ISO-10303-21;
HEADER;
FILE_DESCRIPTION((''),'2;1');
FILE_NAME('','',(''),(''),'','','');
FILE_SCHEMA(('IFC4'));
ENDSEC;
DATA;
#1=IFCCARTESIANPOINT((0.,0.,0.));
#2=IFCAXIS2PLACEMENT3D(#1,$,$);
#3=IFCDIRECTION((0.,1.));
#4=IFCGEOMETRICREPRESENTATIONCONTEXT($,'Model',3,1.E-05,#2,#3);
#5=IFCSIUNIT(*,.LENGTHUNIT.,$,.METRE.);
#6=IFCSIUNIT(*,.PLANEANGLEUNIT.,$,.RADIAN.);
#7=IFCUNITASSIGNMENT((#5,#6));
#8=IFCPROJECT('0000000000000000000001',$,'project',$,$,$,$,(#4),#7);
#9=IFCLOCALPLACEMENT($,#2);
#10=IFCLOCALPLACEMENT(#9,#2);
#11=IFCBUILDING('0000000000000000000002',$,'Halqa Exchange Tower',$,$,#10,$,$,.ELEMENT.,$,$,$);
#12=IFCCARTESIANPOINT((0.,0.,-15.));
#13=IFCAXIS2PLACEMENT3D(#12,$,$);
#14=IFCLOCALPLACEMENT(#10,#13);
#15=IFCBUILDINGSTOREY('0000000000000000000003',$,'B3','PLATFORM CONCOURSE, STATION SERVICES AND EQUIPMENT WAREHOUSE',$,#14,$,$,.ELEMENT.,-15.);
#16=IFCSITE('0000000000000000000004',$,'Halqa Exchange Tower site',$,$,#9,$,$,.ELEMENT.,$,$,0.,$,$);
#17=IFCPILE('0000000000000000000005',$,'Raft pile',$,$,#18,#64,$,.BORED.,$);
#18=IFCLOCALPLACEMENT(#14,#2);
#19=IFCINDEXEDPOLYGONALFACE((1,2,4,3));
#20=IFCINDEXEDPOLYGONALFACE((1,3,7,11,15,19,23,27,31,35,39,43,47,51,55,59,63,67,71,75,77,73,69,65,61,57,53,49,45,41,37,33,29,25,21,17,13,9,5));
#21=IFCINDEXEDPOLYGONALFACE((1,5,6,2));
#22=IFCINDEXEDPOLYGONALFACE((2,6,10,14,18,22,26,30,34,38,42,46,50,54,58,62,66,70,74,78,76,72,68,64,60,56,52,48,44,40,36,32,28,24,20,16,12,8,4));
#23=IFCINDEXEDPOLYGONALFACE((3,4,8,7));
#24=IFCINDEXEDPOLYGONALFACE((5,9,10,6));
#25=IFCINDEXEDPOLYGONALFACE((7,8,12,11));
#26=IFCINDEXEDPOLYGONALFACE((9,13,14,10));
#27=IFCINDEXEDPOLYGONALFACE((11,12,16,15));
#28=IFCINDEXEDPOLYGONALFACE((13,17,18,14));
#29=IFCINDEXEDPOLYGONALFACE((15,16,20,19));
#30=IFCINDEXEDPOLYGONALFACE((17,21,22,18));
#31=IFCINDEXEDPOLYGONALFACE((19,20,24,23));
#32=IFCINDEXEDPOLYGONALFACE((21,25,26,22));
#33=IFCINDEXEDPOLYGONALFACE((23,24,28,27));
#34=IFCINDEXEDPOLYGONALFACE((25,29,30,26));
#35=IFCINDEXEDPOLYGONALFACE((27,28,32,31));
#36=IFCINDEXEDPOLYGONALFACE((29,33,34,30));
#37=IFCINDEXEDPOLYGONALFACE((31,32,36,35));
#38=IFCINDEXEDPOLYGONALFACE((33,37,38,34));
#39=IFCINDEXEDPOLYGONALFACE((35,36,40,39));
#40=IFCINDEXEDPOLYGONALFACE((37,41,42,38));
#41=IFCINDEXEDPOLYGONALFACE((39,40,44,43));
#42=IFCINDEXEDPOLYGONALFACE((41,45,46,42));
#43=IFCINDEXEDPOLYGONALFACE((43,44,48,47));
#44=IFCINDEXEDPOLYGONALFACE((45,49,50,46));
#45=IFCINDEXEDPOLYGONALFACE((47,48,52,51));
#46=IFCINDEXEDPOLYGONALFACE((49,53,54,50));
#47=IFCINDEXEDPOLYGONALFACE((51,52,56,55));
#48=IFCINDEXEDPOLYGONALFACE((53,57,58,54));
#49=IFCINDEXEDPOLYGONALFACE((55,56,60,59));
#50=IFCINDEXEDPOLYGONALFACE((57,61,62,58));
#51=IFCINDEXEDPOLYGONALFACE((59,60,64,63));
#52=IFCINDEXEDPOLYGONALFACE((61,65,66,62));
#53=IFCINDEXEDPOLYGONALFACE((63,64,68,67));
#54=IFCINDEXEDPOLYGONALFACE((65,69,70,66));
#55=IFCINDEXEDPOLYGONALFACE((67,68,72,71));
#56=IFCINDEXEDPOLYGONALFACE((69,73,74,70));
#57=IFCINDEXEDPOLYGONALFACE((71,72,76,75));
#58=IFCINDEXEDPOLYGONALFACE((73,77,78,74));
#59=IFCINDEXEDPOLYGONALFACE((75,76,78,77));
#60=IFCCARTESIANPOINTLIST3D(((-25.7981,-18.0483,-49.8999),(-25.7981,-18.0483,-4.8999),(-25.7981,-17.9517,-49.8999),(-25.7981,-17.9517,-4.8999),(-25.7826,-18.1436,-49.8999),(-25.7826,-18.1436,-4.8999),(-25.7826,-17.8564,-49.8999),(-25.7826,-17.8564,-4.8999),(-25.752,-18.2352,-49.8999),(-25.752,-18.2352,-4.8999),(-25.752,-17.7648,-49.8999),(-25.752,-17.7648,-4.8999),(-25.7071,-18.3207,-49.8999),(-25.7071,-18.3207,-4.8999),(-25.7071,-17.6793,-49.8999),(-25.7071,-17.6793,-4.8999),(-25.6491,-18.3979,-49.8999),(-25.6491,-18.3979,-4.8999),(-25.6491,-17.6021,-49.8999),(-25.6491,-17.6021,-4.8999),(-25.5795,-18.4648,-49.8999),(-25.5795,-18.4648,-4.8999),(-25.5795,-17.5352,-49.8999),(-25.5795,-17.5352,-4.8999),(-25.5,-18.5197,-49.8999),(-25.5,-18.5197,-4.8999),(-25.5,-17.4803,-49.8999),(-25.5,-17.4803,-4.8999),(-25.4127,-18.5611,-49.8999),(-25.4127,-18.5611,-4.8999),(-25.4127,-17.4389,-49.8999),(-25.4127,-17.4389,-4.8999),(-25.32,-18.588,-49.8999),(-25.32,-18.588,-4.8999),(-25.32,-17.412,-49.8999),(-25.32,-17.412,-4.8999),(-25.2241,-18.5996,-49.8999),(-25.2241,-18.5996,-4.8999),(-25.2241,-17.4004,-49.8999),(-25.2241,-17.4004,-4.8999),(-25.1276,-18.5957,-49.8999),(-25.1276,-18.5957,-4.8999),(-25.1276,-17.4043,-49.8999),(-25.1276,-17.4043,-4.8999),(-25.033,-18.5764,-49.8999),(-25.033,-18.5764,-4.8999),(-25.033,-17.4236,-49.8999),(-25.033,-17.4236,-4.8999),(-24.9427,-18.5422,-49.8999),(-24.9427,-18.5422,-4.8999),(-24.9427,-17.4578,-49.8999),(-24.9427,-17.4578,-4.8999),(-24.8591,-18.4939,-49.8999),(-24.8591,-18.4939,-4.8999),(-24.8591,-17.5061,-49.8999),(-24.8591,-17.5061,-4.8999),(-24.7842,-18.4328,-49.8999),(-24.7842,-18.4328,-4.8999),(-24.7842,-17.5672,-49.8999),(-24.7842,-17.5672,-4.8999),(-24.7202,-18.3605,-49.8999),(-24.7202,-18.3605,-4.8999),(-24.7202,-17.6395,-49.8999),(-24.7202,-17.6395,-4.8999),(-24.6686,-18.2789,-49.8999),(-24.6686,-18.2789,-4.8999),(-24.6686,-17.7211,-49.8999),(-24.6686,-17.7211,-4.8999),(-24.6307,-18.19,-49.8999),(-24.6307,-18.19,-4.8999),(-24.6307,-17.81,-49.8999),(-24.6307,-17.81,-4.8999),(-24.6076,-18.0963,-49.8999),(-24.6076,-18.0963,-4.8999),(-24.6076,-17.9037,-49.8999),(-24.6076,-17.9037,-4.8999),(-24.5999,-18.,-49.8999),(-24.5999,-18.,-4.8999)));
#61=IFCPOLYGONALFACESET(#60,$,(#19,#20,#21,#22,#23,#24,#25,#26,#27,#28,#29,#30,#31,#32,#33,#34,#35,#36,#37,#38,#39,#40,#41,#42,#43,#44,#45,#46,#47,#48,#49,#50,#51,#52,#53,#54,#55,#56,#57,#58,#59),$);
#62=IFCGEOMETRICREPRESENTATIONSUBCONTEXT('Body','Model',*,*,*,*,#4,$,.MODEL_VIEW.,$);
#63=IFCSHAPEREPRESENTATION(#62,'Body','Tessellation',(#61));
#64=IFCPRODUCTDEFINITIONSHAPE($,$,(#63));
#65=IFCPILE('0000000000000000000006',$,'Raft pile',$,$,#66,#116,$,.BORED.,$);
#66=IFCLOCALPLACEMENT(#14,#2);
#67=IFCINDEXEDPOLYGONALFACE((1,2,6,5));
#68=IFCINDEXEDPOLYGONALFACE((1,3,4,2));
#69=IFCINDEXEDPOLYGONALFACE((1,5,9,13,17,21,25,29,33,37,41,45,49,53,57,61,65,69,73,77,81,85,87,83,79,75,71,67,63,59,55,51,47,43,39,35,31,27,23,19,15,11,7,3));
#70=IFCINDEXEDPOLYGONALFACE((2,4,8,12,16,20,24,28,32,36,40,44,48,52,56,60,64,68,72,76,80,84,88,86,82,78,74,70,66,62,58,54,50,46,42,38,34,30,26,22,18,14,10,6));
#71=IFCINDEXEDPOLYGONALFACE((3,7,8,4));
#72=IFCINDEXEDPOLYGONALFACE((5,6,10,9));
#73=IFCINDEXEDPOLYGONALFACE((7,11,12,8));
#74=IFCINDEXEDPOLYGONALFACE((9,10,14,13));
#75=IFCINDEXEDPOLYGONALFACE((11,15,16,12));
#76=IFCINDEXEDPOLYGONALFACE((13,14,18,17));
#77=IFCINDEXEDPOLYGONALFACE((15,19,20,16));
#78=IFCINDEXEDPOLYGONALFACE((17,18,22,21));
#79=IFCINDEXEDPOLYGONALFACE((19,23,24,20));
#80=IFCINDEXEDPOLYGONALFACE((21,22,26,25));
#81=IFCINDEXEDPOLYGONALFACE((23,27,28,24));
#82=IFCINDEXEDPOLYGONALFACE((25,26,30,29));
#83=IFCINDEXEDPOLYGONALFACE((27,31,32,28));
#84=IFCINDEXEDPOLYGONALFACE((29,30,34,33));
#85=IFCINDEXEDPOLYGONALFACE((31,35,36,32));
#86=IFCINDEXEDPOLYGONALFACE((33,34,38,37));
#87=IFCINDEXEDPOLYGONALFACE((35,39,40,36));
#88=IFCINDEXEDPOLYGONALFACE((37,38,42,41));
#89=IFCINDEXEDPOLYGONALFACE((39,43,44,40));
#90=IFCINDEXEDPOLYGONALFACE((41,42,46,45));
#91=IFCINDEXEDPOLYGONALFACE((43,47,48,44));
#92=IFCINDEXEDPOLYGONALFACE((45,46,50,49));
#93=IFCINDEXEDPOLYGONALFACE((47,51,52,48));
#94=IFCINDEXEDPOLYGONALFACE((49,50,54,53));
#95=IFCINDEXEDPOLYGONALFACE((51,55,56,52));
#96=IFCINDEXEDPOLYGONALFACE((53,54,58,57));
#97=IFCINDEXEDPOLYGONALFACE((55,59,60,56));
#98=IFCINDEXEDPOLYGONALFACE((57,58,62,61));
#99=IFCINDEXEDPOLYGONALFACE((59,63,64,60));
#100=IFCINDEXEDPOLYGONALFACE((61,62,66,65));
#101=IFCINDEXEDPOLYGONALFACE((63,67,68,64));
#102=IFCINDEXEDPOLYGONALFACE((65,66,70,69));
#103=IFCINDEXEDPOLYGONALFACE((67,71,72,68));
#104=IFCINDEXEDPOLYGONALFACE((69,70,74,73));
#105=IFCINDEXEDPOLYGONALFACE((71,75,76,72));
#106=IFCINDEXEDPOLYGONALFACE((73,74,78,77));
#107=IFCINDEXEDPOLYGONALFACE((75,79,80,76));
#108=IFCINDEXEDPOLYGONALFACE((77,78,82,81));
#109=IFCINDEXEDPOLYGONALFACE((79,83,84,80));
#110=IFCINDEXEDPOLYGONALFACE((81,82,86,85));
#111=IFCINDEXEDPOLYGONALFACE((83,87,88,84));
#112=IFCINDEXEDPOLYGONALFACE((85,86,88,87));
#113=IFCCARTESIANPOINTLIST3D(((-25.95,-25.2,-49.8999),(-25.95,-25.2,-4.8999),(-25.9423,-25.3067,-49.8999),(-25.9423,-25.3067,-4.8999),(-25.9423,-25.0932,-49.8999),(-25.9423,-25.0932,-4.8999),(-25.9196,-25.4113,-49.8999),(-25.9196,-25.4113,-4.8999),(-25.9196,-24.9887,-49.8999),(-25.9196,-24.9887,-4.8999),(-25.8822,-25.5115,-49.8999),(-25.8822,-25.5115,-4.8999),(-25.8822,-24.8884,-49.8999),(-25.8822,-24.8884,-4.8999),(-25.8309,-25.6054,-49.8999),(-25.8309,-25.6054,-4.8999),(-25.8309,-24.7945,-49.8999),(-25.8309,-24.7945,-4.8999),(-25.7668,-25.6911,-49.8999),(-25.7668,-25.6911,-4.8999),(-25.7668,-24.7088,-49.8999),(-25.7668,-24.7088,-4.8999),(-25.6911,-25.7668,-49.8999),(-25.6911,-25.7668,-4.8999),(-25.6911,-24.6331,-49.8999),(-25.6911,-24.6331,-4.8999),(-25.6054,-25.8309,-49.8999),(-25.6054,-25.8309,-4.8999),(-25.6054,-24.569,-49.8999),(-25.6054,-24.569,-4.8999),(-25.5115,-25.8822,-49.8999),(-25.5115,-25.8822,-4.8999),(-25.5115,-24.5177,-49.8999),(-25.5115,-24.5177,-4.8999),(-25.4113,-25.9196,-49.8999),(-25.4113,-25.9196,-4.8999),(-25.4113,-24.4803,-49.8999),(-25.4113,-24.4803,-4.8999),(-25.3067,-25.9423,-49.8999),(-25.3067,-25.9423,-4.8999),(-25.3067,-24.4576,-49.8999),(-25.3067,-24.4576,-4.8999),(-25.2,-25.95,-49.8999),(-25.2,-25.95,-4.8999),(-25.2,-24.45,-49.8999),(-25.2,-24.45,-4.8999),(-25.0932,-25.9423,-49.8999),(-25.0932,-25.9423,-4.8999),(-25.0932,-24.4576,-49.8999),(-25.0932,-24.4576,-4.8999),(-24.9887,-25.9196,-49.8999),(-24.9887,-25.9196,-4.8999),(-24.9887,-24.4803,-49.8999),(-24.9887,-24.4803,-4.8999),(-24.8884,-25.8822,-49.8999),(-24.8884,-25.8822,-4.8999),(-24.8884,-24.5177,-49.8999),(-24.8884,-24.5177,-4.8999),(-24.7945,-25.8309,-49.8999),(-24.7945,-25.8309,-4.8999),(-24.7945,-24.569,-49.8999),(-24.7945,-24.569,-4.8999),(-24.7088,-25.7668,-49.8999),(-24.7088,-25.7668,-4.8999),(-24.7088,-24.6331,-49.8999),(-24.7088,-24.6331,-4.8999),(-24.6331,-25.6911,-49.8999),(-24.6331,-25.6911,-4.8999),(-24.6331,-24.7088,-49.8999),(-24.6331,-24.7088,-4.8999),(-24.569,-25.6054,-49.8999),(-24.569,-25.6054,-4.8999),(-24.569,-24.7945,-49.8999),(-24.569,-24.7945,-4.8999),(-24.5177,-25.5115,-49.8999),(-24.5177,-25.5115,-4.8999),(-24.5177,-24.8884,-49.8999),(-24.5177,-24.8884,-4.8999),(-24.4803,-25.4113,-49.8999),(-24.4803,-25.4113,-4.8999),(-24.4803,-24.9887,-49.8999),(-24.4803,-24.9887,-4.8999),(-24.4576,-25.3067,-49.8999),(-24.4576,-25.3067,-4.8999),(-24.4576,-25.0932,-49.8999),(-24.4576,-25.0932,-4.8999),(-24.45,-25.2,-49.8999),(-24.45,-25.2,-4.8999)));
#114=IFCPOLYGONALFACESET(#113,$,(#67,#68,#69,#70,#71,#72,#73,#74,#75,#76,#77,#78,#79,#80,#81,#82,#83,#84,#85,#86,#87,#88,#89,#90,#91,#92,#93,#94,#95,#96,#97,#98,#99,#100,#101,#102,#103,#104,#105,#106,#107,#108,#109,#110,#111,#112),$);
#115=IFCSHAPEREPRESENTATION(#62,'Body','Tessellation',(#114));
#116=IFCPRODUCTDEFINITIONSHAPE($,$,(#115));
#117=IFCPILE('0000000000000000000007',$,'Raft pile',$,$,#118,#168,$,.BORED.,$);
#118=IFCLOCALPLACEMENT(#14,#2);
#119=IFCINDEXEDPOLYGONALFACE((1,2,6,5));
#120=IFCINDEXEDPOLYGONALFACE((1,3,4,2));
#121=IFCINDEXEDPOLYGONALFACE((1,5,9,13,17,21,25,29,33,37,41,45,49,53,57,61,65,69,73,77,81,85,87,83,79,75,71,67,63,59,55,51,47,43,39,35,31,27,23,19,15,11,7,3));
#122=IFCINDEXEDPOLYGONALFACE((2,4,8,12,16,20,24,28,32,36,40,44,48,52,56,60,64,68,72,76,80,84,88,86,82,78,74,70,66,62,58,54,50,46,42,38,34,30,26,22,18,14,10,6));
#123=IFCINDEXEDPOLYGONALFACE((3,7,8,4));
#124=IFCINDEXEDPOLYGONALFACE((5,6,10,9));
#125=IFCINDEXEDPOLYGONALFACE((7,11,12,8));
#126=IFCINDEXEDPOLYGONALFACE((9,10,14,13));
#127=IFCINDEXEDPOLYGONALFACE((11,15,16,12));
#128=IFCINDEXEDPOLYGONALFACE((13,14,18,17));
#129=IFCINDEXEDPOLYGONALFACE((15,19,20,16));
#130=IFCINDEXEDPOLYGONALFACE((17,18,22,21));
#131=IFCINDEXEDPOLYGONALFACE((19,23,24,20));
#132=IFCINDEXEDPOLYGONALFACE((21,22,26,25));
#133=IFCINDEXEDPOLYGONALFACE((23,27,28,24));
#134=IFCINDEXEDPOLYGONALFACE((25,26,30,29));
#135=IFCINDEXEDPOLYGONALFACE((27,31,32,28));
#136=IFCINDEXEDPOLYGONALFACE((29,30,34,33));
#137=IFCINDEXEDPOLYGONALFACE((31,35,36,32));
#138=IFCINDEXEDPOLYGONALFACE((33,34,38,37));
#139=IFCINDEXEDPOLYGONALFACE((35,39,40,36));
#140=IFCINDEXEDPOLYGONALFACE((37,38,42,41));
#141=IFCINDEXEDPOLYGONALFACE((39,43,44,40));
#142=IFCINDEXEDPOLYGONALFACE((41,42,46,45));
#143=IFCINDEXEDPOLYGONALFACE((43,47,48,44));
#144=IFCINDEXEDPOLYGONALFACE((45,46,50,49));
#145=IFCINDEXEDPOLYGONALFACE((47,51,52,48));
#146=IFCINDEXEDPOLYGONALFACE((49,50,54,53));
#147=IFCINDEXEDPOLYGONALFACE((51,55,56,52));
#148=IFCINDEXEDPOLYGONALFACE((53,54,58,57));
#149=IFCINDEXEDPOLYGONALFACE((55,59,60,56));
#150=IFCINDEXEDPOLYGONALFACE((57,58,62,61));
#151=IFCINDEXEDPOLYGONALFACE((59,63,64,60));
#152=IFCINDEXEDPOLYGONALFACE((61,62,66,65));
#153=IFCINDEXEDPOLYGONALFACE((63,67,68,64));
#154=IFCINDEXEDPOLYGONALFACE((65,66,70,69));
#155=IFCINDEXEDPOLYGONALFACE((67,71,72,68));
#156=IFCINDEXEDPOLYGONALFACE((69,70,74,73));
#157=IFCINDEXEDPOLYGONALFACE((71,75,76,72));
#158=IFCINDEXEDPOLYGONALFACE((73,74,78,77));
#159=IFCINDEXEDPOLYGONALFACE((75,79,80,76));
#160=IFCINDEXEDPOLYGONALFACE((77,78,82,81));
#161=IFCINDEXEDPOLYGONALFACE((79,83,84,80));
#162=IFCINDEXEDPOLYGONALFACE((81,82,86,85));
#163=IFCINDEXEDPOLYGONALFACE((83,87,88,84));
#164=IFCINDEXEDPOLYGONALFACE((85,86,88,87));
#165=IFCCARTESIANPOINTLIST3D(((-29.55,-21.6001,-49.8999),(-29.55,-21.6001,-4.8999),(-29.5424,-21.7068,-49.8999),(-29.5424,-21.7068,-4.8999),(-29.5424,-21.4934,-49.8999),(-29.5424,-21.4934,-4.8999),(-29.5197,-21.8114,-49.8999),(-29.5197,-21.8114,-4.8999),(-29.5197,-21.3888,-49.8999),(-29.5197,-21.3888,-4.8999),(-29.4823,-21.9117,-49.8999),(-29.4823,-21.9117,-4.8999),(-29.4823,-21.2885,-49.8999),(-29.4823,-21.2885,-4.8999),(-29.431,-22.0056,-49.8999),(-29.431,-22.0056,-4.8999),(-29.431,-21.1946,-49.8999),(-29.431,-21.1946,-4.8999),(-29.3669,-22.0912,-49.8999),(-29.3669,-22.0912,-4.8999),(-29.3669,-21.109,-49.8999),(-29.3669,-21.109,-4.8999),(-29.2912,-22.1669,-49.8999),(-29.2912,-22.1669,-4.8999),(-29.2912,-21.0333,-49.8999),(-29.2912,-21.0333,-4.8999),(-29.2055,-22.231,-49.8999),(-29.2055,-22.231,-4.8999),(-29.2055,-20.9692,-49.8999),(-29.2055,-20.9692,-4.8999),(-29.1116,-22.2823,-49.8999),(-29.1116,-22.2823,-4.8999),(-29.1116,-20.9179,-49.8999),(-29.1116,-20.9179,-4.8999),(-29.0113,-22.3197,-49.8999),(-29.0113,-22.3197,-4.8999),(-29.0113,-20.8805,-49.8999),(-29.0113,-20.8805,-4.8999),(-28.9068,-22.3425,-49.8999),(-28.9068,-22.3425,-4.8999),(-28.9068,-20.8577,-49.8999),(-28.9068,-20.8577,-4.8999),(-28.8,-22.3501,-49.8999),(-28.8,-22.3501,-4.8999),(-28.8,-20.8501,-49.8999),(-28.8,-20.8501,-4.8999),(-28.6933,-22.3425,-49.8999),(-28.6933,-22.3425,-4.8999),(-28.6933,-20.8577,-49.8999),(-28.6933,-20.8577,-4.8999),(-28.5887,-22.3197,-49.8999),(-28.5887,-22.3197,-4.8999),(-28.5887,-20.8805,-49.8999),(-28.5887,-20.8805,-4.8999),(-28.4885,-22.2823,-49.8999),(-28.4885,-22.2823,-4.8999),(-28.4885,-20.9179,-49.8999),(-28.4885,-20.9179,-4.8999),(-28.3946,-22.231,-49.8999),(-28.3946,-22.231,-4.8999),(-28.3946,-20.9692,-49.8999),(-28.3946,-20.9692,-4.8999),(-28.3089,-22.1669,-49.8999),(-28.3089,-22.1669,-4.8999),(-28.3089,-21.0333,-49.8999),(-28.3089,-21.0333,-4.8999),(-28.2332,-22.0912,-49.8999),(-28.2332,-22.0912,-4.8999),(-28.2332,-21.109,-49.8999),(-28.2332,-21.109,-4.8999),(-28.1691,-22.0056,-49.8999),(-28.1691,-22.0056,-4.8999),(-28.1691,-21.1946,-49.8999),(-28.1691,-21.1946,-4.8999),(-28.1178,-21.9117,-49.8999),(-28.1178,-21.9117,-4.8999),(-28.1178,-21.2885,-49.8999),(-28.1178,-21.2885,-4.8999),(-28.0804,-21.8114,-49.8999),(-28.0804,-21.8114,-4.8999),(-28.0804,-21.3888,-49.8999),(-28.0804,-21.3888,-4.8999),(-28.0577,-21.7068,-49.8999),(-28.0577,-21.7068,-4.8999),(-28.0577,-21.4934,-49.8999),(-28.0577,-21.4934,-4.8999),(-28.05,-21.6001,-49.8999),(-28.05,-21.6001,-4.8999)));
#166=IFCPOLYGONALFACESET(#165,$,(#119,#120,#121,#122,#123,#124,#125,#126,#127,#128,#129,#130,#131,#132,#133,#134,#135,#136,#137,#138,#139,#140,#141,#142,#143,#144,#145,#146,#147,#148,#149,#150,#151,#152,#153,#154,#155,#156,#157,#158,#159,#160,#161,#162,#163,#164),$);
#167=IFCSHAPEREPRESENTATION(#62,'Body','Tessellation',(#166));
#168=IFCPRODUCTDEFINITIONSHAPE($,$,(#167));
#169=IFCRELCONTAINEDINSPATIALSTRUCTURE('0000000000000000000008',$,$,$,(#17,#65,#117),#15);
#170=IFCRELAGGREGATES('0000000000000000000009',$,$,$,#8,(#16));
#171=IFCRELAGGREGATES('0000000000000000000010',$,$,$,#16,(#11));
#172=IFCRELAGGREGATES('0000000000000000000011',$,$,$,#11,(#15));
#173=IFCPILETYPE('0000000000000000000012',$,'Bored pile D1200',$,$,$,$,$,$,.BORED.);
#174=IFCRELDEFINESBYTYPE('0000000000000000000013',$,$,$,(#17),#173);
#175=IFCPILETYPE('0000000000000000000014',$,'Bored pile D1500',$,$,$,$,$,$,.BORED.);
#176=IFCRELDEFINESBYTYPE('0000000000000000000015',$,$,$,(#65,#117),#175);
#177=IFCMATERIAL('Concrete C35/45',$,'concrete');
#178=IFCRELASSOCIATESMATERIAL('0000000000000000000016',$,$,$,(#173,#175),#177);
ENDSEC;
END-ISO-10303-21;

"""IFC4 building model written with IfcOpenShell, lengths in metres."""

from ifc_helpers import new_model, si_unit, direction, frame, origin, origin_2d, place, context, subcontext, project, spatial, circle, extrude, material, material_profile, profile_set, type_object, element, save


model = new_model("IFC4")

# Units and contexts
model_context = context("Model", 3, precision=1e-05, world=origin(), true_north=direction((0.0, 1.0)))
body_context = subcontext(model_context, "Body", "Model", "MODEL_VIEW")
ifc_project = project(units=[si_unit("LENGTHUNIT", "METRE"), si_unit("PLANEANGLEUNIT", "RADIAN")], contexts=[model_context])

# Site, building, storey
site_placement = place(None, origin())
site = spatial("IfcSite", under=ifc_project, at=site_placement, Name="Halqa Exchange Tower site", CompositionType="ELEMENT", RefElevation=0.0)
building_placement = place(site_placement, origin())
building = spatial("IfcBuilding", under=site, at=building_placement, Name="Halqa Exchange Tower", CompositionType="ELEMENT")
storey_placement = place(building_placement, frame((0.0, 0.0, -15.0)))
storey = spatial("IfcBuildingStorey", under=building, at=storey_placement, Name="B3", Description="PLATFORM CONCOURSE, STATION SERVICES AND EQUIPMENT WAREHOUSE", CompositionType="ELEMENT", Elevation=-15.0)

# Piles
ifc_material_1 = material(Name="Concrete C35/45", Category="concrete")
ifc_material_profile_1 = material_profile(ifc_material_1, circle(Radius=0.6001, at=origin_2d()), Name="D1200")
ifc_profile_set_1 = profile_set([ifc_material_profile_1], Name="Concrete C35/45")
pile_type_1 = type_object("IfcPileType", Name="Bored pile D1200", PredefinedType="BORED", material=ifc_profile_set_1)
pile_placement = place(storey_placement, frame((-25.2, -18.0, -4.8999), z_axis=(0.0, 0.0, -1.0), x_axis=(1.0, 0.0, 0.0)))
element("IfcPile", 1, at=pile_placement, inside=storey, type_object=pile_type_1, Name="Raft pile", PredefinedType="BORED", context=body_context, shape_type="SweptSolid", body=[
    extrude(circle(Radius=0.6001, at=origin_2d()), origin(), (0.0, 0.0, 1.0), 45.0),
])
ifc_material_profile_2 = material_profile(ifc_material_1, circle(Radius=0.75, at=origin_2d()), Name="D1500")
ifc_profile_set_2 = profile_set([ifc_material_profile_2], Name="Concrete C35/45")
pile_type_2 = type_object("IfcPileType", Name="Bored pile D1500", PredefinedType="BORED", material=ifc_profile_set_2)
for number, where, z_axis, x_axis, name in (
    (2, (-25.2, -25.2, -4.8999), (0.0, 0.0, -1.0), (1.0, 0.0, 0.0), "Raft pile"),
    (3, (-28.8, -21.6001, -4.8999), (0.0, 0.0, -1.0), (1.0, 0.0, 0.0), "Raft pile"),
):
    element("IfcPile", number, at=place(storey_placement, frame(where, z_axis=z_axis, x_axis=x_axis)), inside=storey, type_object=pile_type_2, Name=name, PredefinedType="BORED", context=body_context, shape_type="SweptSolid", body=[
        extrude(circle(Radius=0.75, at=origin_2d()), origin(), (0.0, 0.0, 1.0), 45.0),
    ])

save(model, "model.ifc")
